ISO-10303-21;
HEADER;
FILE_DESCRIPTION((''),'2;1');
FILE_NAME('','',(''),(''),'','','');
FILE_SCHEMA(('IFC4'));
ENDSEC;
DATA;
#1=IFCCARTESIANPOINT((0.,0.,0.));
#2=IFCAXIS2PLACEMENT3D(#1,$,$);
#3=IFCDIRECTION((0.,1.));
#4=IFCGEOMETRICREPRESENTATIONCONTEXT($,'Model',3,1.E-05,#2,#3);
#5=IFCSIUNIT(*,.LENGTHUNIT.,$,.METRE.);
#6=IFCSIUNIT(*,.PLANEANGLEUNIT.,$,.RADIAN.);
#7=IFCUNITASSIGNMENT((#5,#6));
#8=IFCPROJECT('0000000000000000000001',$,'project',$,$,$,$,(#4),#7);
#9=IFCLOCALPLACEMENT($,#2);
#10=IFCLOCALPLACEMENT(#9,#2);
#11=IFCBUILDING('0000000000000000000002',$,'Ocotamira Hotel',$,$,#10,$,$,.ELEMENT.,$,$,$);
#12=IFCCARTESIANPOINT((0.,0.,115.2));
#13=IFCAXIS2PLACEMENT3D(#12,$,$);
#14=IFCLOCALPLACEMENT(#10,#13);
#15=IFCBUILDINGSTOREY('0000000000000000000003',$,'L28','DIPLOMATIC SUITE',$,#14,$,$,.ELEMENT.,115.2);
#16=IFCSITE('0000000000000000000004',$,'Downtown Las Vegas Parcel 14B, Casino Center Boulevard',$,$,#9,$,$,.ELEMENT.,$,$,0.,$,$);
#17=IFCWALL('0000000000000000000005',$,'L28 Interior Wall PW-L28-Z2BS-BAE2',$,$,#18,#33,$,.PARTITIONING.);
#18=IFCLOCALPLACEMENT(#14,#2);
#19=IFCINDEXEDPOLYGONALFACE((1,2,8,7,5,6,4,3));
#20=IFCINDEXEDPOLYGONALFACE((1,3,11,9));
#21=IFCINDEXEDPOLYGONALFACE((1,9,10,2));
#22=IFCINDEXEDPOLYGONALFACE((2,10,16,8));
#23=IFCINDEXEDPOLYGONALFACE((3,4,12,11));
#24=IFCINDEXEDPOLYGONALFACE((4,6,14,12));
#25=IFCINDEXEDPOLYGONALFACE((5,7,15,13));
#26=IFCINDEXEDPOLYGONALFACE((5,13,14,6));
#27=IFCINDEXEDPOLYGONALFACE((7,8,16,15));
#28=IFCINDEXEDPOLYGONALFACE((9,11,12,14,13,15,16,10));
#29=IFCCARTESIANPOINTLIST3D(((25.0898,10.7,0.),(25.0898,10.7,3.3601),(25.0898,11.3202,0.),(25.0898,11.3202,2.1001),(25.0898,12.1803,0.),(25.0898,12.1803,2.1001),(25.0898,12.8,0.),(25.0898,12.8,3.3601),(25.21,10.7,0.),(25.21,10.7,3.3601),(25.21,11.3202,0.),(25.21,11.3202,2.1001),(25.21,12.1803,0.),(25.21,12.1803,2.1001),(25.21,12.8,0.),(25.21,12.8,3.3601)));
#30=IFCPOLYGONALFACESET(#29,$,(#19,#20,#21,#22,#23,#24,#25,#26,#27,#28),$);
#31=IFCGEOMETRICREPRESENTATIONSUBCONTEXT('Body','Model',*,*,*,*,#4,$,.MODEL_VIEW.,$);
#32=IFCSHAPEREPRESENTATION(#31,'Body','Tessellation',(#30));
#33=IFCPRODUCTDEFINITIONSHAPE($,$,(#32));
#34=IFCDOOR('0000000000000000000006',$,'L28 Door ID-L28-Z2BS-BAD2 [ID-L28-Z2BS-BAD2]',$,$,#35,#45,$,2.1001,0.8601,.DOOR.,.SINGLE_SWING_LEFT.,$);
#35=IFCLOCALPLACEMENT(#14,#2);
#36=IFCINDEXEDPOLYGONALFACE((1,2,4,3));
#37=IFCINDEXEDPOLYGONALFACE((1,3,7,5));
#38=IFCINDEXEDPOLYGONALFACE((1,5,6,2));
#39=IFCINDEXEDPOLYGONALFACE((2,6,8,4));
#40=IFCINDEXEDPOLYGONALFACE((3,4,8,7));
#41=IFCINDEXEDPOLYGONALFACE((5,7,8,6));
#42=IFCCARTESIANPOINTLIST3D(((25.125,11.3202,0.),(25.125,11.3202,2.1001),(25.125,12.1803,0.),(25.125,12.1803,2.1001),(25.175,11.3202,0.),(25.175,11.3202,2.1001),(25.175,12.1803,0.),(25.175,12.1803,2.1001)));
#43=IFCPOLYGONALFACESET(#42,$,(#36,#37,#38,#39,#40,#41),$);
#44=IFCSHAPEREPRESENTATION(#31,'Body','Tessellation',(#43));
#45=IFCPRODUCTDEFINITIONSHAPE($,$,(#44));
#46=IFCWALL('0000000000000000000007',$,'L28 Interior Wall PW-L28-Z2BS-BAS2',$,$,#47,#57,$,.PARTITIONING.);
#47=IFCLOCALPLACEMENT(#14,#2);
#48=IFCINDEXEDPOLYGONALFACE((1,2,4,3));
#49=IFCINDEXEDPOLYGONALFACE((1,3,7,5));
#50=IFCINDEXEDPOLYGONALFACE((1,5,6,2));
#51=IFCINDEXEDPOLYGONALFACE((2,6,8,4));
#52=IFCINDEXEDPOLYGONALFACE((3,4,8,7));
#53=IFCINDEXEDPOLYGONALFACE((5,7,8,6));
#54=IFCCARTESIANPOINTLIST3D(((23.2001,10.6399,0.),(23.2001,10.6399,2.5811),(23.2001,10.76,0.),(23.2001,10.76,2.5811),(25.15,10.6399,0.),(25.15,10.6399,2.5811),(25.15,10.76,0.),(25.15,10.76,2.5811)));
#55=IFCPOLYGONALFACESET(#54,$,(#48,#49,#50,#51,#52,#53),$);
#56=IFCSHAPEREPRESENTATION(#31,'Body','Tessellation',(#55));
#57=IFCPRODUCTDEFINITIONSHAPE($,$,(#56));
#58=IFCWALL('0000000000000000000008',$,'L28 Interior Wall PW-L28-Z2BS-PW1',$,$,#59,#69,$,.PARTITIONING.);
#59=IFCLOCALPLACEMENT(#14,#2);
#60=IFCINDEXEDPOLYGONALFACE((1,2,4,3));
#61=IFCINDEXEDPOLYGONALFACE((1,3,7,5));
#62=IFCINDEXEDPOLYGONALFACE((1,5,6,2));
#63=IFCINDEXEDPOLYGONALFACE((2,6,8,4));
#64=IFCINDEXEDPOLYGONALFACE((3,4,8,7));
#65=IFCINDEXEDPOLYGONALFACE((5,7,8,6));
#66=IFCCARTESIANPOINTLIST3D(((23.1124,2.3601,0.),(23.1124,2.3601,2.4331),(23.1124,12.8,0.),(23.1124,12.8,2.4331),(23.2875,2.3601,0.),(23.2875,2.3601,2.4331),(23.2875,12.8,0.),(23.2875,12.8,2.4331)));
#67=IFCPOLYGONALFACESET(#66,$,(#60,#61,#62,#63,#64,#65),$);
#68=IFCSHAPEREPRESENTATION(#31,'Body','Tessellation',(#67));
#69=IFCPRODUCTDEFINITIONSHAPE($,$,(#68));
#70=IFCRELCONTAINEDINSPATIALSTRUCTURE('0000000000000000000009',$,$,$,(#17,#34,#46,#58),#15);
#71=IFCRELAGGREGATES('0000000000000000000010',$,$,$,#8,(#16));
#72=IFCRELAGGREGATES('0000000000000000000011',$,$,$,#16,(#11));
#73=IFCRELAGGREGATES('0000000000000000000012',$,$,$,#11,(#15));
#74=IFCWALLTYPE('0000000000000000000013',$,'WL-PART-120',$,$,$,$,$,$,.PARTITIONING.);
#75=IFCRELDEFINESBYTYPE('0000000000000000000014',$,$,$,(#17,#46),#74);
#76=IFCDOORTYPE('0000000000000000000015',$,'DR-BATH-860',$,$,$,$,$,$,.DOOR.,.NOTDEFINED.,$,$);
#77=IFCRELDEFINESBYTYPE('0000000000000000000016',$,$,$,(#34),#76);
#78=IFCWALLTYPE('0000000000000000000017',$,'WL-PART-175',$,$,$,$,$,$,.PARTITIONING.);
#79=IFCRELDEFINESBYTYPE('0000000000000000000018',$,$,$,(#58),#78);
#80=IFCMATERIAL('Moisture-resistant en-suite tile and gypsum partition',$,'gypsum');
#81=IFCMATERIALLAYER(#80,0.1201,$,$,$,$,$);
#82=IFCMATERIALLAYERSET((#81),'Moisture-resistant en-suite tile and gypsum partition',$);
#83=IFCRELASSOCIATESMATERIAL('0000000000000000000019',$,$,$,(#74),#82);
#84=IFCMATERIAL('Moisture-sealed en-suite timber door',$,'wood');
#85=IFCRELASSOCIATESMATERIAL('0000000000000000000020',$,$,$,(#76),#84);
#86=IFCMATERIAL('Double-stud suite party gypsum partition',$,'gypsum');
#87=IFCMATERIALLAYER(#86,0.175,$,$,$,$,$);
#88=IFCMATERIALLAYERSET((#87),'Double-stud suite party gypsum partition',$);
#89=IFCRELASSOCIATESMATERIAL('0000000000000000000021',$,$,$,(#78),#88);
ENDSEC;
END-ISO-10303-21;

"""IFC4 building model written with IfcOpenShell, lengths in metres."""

from ifc_helpers import new_model, si_unit, direction, frame, frame_2d, origin, place, context, subcontext, project, spatial, rectangle, extrude, source, transform, mapped, material, layer, layer_set, type_object, element, fill, save


model = new_model("IFC4")

# Units and contexts
model_context = context("Model", 3, precision=1e-05, world=origin(), true_north=direction((0.0, 1.0)))
body_context = subcontext(model_context, "Body", "Model", "MODEL_VIEW")
ifc_project = project(units=[si_unit("LENGTHUNIT", "METRE"), si_unit("PLANEANGLEUNIT", "RADIAN")], contexts=[model_context])

# Site, building, storey
site_placement = place(None, origin())
site = spatial("IfcSite", under=ifc_project, at=site_placement, Name="Downtown Las Vegas Parcel 14B, Casino Center Boulevard", CompositionType="ELEMENT", RefElevation=0.0)
building_placement = place(site_placement, origin())
building = spatial("IfcBuilding", under=site, at=building_placement, Name="Ocotamira Hotel", CompositionType="ELEMENT")
storey_placement = place(building_placement, frame((0.0, 0.0, 115.2)))
storey = spatial("IfcBuildingStorey", under=building, at=storey_placement, Name="L28", Description="DIPLOMATIC SUITE", CompositionType="ELEMENT", Elevation=115.2)

# Wall, opening, door
ifc_material_1 = material(Name="Moisture-resistant en-suite tile and gypsum partition", Category="gypsum")
ifc_layer_1 = layer(ifc_material_1, 0.1201)
ifc_layer_set_1 = layer_set([ifc_layer_1], Name="Moisture-resistant en-suite tile and gypsum partition")
wall_type_1 = type_object("IfcWallType", Name="WL-PART-120", PredefinedType="PARTITIONING", material=ifc_layer_set_1)
ifc_material_2 = material(Name="Moisture-sealed en-suite timber door", Category="wood")
door_type = type_object("IfcDoorType", Name="DR-BATH-860", OperationType="NOTDEFINED", PredefinedType="DOOR", material=ifc_material_2)
shared_shape_1 = source(origin(), body_context, "Body", "SweptSolid", [
    extrude(rectangle(XDim=0.8601, YDim=2.1001, at=frame_2d((0.4302, 1.05))), frame((0.0, 0.0249, 0.0), z_axis=(0.0, -1.0, 0.0), x_axis=(1.0, 0.0, 0.0)), (0.0, 0.0, 1.0), 0.05),
])
wall_1_placement = place(storey_placement, frame((25.1499, 10.7, 0.0), z_axis=(0.0, 0.0, 1.0), x_axis=(0.0, 1.0, 0.0)))
wall_1 = element("IfcWall", 1, at=wall_1_placement, inside=storey, type_object=wall_type_1, Name="L28 Interior Wall PW-L28-Z2BS-BAE2", PredefinedType="PARTITIONING", context=body_context, shape_type="SweptSolid", body=[
    extrude(rectangle(XDim=2.1001, YDim=0.1201, at=frame_2d((1.05, 0.0))), origin(), (0.0, 0.0, 1.0), 3.3601),
])
opening_1_placement = place(wall_1_placement, frame((0.6201, 0.0, 0.0)))
opening_1 = element("IfcOpeningElement", 2, at=opening_1_placement, cuts=wall_1, PredefinedType="OPENING", context=body_context, shape_type="SweptSolid", body=[
    extrude(rectangle(XDim=0.8601, YDim=2.1001, at=frame_2d((0.4302, 1.05))), frame((0.0, 0.0701, 0.0), z_axis=(0.0, -1.0, 0.0), x_axis=(1.0, 0.0, 0.0)), (0.0, 0.0, 1.0), 0.1401),
])
door_1_placement = place(opening_1_placement, origin())
door_1 = element("IfcDoor", 3, at=door_1_placement, inside=storey, type_object=door_type, Name="L28 Door ID-L28-Z2BS-BAD2 [ID-L28-Z2BS-BAD2]", OperationType="SINGLE_SWING_LEFT", OverallHeight=2.1001, OverallWidth=0.8601, PredefinedType="DOOR", context=body_context, shape_type="MappedRepresentation", body=[
    mapped(shared_shape_1, transform((0.0, 0.0, 0.0), scale=1.0)),
])
fill(opening_1, door_1)

# Walls
wall_2_placement = place(storey_placement, frame((23.2, 10.7, 0.0), z_axis=(0.0, 0.0, 1.0), x_axis=(1.0, 0.0, 0.0)))
element("IfcWall", 4, at=wall_2_placement, inside=storey, type_object=wall_type_1, Name="L28 Interior Wall PW-L28-Z2BS-BAS2", PredefinedType="PARTITIONING", context=body_context, shape_type="SweptSolid", body=[
    extrude(rectangle(XDim=1.95, YDim=0.1201, at=frame_2d((0.9751, 0.0))), origin(), (0.0, 0.0, 1.0), 2.5811),
])
ifc_material_3 = material(Name="Double-stud suite party gypsum partition", Category="gypsum")
ifc_layer_2 = layer(ifc_material_3, 0.175)
ifc_layer_set_2 = layer_set([ifc_layer_2], Name="Double-stud suite party gypsum partition")
wall_type_2 = type_object("IfcWallType", Name="WL-PART-175", PredefinedType="PARTITIONING", material=ifc_layer_set_2)
wall_3_placement = place(storey_placement, frame((23.2, 2.3601, 0.0), z_axis=(0.0, 0.0, 1.0), x_axis=(0.0, 1.0, 0.0)))
element("IfcWall", 5, at=wall_3_placement, inside=storey, type_object=wall_type_2, Name="L28 Interior Wall PW-L28-Z2BS-PW1", PredefinedType="PARTITIONING", context=body_context, shape_type="SweptSolid", body=[
    extrude(rectangle(XDim=10.4399, YDim=0.175, at=frame_2d((5.22, 0.0))), origin(), (0.0, 0.0, 1.0), 2.4331),
])

save(model, "model.ifc")
